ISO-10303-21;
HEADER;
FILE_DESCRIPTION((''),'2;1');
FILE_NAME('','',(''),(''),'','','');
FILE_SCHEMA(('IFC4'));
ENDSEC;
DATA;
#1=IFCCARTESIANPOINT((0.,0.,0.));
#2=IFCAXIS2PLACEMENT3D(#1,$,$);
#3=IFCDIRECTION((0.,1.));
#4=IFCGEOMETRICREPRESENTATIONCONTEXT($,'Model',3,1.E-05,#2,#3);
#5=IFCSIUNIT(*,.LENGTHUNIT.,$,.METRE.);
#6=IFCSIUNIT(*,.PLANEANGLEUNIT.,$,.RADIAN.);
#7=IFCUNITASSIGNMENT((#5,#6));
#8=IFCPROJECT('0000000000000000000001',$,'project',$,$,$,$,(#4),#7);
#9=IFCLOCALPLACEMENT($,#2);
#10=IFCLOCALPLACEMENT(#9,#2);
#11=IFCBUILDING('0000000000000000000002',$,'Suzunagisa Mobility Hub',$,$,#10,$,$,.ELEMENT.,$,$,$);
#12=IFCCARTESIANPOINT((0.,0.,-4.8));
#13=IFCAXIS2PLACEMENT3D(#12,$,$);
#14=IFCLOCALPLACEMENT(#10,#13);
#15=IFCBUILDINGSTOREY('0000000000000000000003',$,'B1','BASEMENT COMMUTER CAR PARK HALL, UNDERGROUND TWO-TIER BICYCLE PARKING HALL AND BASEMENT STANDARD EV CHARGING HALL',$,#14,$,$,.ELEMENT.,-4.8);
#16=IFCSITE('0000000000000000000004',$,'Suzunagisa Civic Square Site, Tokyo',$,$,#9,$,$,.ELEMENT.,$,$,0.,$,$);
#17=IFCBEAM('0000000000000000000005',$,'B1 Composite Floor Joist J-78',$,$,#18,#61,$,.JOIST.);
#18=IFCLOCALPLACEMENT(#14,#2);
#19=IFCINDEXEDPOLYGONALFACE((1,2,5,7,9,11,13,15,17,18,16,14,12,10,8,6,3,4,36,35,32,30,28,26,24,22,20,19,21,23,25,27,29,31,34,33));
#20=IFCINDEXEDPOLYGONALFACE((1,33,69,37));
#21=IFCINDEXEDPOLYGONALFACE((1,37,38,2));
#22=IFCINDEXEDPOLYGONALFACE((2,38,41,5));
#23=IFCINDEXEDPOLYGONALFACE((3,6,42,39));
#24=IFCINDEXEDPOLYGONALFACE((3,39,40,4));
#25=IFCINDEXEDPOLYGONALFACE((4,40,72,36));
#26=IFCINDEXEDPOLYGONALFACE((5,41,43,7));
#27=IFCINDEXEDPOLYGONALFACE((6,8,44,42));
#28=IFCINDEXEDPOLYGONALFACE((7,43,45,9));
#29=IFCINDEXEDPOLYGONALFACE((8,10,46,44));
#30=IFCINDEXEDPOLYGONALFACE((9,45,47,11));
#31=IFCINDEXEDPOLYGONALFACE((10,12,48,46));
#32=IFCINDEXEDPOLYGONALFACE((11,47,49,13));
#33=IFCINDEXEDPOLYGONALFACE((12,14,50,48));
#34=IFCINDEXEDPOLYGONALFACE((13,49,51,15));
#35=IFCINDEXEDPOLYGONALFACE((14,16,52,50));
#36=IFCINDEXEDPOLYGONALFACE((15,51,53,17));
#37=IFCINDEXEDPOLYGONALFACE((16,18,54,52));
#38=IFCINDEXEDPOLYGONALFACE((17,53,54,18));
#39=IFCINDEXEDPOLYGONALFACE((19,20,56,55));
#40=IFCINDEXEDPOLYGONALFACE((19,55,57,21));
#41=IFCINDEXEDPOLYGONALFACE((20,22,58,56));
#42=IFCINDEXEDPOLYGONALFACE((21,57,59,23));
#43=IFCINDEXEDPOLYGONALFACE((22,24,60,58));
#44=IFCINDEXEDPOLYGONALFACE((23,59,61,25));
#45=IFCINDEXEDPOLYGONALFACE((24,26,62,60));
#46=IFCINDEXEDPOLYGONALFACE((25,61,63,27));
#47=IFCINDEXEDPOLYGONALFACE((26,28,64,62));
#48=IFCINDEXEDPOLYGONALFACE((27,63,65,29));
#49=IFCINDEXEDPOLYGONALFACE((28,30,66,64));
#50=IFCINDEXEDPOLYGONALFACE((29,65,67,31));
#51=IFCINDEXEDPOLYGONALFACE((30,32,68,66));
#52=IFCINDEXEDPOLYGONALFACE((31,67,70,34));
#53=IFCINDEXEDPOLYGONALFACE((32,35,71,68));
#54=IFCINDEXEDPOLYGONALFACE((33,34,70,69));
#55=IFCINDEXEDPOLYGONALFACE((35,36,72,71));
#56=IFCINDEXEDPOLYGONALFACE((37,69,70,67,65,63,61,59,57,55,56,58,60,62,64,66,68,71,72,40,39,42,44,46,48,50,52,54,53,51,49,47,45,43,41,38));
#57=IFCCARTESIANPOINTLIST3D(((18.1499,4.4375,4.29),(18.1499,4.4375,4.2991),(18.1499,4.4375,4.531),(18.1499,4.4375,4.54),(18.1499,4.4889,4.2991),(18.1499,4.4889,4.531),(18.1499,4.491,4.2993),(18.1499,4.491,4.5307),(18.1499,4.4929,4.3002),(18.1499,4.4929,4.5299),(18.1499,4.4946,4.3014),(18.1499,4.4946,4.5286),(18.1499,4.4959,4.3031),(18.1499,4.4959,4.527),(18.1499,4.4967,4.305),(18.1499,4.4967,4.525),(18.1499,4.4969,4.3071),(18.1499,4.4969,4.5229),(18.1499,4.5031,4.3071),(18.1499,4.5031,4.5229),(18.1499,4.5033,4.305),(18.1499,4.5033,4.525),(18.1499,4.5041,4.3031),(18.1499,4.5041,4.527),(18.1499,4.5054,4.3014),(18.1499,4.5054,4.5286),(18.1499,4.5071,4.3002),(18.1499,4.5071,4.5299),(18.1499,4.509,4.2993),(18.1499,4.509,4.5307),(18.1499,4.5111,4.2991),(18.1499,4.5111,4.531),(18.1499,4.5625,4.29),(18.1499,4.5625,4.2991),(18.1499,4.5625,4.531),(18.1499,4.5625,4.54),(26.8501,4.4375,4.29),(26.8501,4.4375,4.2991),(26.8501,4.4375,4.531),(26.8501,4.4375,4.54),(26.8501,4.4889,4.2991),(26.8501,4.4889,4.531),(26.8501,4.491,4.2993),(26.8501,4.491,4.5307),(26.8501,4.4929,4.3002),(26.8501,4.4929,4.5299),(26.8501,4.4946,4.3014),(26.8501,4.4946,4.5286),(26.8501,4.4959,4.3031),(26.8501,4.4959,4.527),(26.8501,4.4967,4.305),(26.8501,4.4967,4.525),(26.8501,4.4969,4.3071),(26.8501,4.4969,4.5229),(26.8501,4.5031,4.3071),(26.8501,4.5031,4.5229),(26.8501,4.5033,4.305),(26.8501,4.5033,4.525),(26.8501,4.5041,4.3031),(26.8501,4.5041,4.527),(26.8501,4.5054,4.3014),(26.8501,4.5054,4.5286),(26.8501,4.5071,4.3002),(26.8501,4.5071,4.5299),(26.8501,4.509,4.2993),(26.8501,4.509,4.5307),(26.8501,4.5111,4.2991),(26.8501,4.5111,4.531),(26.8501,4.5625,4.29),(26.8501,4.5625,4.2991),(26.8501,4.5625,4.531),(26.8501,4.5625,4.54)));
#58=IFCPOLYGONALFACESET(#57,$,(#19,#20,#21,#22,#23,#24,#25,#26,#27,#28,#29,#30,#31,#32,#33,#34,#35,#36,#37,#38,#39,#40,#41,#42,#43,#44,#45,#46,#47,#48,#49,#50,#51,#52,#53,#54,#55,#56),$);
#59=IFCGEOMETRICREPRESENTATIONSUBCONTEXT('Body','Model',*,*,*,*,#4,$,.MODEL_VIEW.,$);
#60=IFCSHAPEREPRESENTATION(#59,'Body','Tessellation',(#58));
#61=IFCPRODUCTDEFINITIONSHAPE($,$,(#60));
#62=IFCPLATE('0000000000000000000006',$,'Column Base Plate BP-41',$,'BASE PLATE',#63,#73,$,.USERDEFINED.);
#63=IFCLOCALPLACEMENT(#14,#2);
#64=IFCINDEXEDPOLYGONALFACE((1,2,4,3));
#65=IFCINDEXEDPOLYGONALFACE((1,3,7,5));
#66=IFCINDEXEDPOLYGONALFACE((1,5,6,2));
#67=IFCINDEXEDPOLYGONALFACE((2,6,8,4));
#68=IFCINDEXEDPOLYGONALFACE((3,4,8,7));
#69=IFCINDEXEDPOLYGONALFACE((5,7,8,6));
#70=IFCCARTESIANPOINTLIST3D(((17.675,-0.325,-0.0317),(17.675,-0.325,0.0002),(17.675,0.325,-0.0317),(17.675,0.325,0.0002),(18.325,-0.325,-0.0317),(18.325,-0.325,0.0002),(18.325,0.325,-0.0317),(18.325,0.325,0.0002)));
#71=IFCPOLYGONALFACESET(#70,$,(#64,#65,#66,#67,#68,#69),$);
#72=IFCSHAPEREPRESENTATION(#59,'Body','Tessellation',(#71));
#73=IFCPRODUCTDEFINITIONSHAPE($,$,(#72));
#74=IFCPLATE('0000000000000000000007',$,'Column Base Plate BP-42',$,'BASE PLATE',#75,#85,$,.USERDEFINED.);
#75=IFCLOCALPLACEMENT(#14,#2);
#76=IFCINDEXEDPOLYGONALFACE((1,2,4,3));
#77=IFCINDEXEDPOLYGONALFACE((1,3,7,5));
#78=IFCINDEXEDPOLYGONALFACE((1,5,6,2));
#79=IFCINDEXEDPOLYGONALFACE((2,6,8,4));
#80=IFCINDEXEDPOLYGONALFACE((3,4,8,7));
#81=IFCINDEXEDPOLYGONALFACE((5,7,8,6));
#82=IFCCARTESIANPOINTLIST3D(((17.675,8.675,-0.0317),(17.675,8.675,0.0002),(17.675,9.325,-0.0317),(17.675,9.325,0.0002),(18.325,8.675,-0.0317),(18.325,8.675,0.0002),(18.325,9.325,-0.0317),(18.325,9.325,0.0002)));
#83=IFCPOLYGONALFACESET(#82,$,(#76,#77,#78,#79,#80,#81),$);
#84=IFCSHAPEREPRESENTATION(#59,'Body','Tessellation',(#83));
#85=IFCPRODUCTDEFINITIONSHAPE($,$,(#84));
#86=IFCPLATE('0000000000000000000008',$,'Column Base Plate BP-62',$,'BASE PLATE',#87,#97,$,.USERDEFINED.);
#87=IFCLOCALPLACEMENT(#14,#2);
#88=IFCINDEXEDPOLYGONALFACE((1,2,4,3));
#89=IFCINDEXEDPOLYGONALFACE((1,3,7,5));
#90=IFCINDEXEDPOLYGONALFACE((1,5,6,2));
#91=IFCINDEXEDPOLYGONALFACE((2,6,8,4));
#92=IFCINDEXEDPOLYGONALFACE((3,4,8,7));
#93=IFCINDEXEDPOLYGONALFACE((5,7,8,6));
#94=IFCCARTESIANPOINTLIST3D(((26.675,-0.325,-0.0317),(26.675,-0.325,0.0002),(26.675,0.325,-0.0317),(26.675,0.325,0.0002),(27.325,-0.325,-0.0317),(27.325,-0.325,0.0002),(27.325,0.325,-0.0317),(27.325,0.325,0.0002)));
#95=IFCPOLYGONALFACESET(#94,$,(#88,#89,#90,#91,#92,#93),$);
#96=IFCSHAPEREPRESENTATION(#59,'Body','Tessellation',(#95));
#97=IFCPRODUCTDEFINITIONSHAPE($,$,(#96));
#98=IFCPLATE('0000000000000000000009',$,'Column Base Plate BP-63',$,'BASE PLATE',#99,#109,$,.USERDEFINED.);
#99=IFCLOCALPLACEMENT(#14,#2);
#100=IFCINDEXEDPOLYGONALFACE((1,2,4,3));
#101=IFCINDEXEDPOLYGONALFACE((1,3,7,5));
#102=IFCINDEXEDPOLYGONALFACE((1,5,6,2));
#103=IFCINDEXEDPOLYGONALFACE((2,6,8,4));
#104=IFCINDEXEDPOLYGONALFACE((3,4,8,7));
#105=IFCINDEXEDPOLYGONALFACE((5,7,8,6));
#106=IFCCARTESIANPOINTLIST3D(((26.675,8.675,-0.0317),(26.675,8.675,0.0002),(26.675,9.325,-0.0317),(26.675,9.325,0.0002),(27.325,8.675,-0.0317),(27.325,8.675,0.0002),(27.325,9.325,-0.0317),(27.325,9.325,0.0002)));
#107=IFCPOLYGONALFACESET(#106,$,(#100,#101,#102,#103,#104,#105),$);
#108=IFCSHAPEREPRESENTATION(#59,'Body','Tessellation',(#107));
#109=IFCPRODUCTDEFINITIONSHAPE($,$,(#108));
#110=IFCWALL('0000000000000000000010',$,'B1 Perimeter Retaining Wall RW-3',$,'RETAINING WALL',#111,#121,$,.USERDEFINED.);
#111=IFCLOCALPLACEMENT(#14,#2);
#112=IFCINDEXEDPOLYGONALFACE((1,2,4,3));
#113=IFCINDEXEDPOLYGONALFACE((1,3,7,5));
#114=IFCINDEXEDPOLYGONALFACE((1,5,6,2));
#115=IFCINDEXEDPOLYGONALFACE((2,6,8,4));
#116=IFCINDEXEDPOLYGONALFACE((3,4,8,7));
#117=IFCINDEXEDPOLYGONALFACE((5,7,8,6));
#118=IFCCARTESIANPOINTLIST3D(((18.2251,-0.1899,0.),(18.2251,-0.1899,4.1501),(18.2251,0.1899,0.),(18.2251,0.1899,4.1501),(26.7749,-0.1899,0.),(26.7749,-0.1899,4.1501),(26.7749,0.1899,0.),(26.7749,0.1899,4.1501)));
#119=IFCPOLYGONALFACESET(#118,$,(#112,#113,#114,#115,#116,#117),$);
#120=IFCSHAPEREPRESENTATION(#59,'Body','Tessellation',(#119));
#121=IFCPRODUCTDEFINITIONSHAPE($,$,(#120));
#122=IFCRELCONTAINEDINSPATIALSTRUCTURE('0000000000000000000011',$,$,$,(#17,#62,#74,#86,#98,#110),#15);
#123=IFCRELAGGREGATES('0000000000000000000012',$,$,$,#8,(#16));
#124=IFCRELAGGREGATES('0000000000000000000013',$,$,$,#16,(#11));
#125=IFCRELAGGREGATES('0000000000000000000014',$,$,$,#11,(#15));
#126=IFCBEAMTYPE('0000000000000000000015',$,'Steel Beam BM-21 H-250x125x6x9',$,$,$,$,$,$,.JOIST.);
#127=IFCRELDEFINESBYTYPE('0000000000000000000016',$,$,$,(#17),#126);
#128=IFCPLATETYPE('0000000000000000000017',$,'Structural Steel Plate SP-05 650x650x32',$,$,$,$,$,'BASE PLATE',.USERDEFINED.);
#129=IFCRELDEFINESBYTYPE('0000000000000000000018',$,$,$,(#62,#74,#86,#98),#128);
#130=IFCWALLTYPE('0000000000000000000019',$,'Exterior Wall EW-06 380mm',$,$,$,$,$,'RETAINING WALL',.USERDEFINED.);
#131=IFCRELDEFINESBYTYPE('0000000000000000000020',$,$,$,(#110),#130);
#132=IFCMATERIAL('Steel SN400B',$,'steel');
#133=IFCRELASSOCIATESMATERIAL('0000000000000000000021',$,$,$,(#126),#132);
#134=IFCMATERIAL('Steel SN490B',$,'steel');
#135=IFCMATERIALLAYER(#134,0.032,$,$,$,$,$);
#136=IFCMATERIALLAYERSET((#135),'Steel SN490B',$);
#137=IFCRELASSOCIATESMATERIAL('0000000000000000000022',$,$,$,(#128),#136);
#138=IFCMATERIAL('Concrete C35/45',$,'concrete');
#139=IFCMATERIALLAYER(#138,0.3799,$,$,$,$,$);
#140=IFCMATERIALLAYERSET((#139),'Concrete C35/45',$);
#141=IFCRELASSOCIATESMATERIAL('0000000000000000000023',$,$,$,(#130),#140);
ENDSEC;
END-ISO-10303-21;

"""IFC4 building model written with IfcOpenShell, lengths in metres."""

from ifc_helpers import new_model, si_unit, direction, frame, frame_2d, origin, origin_2d, place, context, subcontext, project, spatial, rectangle, i_section, extrude, material, layer, layer_set, material_profile, profile_set, type_object, element, save


model = new_model("IFC4")

# Units and contexts
model_context = context("Model", 3, precision=1e-05, world=origin(), true_north=direction((0.0, 1.0)))
body_context = subcontext(model_context, "Body", "Model", "MODEL_VIEW")
ifc_project = project(units=[si_unit("LENGTHUNIT", "METRE"), si_unit("PLANEANGLEUNIT", "RADIAN")], contexts=[model_context])

# Site, building, storey
site_placement = place(None, origin())
site = spatial("IfcSite", under=ifc_project, at=site_placement, Name="Suzunagisa Civic Square Site, Tokyo", CompositionType="ELEMENT", RefElevation=0.0)
building_placement = place(site_placement, origin())
building = spatial("IfcBuilding", under=site, at=building_placement, Name="Suzunagisa Mobility Hub", CompositionType="ELEMENT")
storey_placement = place(building_placement, frame((0.0, 0.0, -4.8)))
storey = spatial("IfcBuildingStorey", under=building, at=storey_placement, Name="B1", Description="BASEMENT COMMUTER CAR PARK HALL, UNDERGROUND TWO-TIER BICYCLE PARKING HALL AND BASEMENT STANDARD EV CHARGING HALL", CompositionType="ELEMENT", Elevation=-4.8)

# Shared definitions
ifc_material_1 = material(Name="Concrete C35/45", Category="concrete")

# Shared definitions
ifc_material_2 = material(Name="Steel SN490B", Category="steel")

# Beam
ifc_material_3 = material(Name="Steel SN400B", Category="steel")
ifc_material_profile_1 = material_profile(ifc_material_3, i_section(OverallWidth=0.125, OverallDepth=0.25, WebThickness=0.0061, FlangeThickness=0.009, FilletRadius=0.0081, at=origin_2d()), Name="H-250x125x6x9")
ifc_profile_set_1 = profile_set([ifc_material_profile_1], Name="Steel SN400B")
beam_type_1 = type_object("IfcBeamType", Name="Steel Beam BM-21 H-250x125x6x9", PredefinedType="JOIST", material=ifc_profile_set_1)
beam_1_placement = place(storey_placement, frame((18.1499, 4.5, 4.415), z_axis=(1.0, 0.0, 0.0), x_axis=(0.0, 1.0, 0.0)))
element("IfcBeam", 1, at=beam_1_placement, inside=storey, type_object=beam_type_1, Name="B1 Composite Floor Joist J-78", PredefinedType="JOIST", context=body_context, shape_type="SweptSolid", body=[
    extrude(i_section(OverallWidth=0.125, OverallDepth=0.25, WebThickness=0.0061, FlangeThickness=0.009, FilletRadius=0.0081, at=origin_2d()), origin(), (0.0, 0.0, 1.0), 8.7002),
])

# Plates
ifc_layer_1 = layer(ifc_material_2, 0.032)
ifc_layer_set_1 = layer_set([ifc_layer_1], Name="Steel SN490B")
plate_type = type_object("IfcPlateType", Name="Structural Steel Plate SP-05 650x650x32", ElementType="BASE PLATE", PredefinedType="USERDEFINED", material=ifc_layer_set_1)
for number, where, z_axis, x_axis, name in (
    (2, (18.0, 0.0, -0.0317), (0.0, 0.0, 1.0), (1.0, 0.0, 0.0), "Column Base Plate BP-41"),
    (3, (18.0, 9.0, -0.0317), (0.0, 0.0, 1.0), (1.0, 0.0, 0.0), "Column Base Plate BP-42"),
    (4, (27.0, 0.0, -0.0317), (0.0, 0.0, 1.0), (1.0, 0.0, 0.0), "Column Base Plate BP-62"),
    (5, (27.0, 9.0, -0.0317), (0.0, 0.0, 1.0), (1.0, 0.0, 0.0), "Column Base Plate BP-63"),
):
    element("IfcPlate", number, at=place(storey_placement, frame(where, z_axis=z_axis, x_axis=x_axis)), inside=storey, type_object=plate_type, Name=name, ObjectType="BASE PLATE", PredefinedType="USERDEFINED", context=body_context, shape_type="SweptSolid", body=[
        extrude(rectangle(XDim=0.6499, YDim=0.6499, at=origin_2d()), origin(), (0.0, 0.0, 1.0), 0.032),
    ])

# Wall
ifc_layer_2 = layer(ifc_material_1, 0.3799)
ifc_layer_set_2 = layer_set([ifc_layer_2], Name="Concrete C35/45")
wall_type = type_object("IfcWallType", Name="Exterior Wall EW-06 380mm", ElementType="RETAINING WALL", PredefinedType="USERDEFINED", material=ifc_layer_set_2)
wall_placement = place(storey_placement, frame((18.2251, 0.0, 0.0), z_axis=(0.0, 0.0, 1.0), x_axis=(1.0, 0.0, 0.0)))
element("IfcWall", 6, at=wall_placement, inside=storey, type_object=wall_type, Name="B1 Perimeter Retaining Wall RW-3", ObjectType="RETAINING WALL", PredefinedType="USERDEFINED", context=body_context, shape_type="SweptSolid", body=[
    extrude(rectangle(XDim=8.5498, YDim=0.3799, at=frame_2d((4.2749, 0.0))), origin(), (0.0, 0.0, 1.0), 4.1501),
])

save(model, "model.ifc")
